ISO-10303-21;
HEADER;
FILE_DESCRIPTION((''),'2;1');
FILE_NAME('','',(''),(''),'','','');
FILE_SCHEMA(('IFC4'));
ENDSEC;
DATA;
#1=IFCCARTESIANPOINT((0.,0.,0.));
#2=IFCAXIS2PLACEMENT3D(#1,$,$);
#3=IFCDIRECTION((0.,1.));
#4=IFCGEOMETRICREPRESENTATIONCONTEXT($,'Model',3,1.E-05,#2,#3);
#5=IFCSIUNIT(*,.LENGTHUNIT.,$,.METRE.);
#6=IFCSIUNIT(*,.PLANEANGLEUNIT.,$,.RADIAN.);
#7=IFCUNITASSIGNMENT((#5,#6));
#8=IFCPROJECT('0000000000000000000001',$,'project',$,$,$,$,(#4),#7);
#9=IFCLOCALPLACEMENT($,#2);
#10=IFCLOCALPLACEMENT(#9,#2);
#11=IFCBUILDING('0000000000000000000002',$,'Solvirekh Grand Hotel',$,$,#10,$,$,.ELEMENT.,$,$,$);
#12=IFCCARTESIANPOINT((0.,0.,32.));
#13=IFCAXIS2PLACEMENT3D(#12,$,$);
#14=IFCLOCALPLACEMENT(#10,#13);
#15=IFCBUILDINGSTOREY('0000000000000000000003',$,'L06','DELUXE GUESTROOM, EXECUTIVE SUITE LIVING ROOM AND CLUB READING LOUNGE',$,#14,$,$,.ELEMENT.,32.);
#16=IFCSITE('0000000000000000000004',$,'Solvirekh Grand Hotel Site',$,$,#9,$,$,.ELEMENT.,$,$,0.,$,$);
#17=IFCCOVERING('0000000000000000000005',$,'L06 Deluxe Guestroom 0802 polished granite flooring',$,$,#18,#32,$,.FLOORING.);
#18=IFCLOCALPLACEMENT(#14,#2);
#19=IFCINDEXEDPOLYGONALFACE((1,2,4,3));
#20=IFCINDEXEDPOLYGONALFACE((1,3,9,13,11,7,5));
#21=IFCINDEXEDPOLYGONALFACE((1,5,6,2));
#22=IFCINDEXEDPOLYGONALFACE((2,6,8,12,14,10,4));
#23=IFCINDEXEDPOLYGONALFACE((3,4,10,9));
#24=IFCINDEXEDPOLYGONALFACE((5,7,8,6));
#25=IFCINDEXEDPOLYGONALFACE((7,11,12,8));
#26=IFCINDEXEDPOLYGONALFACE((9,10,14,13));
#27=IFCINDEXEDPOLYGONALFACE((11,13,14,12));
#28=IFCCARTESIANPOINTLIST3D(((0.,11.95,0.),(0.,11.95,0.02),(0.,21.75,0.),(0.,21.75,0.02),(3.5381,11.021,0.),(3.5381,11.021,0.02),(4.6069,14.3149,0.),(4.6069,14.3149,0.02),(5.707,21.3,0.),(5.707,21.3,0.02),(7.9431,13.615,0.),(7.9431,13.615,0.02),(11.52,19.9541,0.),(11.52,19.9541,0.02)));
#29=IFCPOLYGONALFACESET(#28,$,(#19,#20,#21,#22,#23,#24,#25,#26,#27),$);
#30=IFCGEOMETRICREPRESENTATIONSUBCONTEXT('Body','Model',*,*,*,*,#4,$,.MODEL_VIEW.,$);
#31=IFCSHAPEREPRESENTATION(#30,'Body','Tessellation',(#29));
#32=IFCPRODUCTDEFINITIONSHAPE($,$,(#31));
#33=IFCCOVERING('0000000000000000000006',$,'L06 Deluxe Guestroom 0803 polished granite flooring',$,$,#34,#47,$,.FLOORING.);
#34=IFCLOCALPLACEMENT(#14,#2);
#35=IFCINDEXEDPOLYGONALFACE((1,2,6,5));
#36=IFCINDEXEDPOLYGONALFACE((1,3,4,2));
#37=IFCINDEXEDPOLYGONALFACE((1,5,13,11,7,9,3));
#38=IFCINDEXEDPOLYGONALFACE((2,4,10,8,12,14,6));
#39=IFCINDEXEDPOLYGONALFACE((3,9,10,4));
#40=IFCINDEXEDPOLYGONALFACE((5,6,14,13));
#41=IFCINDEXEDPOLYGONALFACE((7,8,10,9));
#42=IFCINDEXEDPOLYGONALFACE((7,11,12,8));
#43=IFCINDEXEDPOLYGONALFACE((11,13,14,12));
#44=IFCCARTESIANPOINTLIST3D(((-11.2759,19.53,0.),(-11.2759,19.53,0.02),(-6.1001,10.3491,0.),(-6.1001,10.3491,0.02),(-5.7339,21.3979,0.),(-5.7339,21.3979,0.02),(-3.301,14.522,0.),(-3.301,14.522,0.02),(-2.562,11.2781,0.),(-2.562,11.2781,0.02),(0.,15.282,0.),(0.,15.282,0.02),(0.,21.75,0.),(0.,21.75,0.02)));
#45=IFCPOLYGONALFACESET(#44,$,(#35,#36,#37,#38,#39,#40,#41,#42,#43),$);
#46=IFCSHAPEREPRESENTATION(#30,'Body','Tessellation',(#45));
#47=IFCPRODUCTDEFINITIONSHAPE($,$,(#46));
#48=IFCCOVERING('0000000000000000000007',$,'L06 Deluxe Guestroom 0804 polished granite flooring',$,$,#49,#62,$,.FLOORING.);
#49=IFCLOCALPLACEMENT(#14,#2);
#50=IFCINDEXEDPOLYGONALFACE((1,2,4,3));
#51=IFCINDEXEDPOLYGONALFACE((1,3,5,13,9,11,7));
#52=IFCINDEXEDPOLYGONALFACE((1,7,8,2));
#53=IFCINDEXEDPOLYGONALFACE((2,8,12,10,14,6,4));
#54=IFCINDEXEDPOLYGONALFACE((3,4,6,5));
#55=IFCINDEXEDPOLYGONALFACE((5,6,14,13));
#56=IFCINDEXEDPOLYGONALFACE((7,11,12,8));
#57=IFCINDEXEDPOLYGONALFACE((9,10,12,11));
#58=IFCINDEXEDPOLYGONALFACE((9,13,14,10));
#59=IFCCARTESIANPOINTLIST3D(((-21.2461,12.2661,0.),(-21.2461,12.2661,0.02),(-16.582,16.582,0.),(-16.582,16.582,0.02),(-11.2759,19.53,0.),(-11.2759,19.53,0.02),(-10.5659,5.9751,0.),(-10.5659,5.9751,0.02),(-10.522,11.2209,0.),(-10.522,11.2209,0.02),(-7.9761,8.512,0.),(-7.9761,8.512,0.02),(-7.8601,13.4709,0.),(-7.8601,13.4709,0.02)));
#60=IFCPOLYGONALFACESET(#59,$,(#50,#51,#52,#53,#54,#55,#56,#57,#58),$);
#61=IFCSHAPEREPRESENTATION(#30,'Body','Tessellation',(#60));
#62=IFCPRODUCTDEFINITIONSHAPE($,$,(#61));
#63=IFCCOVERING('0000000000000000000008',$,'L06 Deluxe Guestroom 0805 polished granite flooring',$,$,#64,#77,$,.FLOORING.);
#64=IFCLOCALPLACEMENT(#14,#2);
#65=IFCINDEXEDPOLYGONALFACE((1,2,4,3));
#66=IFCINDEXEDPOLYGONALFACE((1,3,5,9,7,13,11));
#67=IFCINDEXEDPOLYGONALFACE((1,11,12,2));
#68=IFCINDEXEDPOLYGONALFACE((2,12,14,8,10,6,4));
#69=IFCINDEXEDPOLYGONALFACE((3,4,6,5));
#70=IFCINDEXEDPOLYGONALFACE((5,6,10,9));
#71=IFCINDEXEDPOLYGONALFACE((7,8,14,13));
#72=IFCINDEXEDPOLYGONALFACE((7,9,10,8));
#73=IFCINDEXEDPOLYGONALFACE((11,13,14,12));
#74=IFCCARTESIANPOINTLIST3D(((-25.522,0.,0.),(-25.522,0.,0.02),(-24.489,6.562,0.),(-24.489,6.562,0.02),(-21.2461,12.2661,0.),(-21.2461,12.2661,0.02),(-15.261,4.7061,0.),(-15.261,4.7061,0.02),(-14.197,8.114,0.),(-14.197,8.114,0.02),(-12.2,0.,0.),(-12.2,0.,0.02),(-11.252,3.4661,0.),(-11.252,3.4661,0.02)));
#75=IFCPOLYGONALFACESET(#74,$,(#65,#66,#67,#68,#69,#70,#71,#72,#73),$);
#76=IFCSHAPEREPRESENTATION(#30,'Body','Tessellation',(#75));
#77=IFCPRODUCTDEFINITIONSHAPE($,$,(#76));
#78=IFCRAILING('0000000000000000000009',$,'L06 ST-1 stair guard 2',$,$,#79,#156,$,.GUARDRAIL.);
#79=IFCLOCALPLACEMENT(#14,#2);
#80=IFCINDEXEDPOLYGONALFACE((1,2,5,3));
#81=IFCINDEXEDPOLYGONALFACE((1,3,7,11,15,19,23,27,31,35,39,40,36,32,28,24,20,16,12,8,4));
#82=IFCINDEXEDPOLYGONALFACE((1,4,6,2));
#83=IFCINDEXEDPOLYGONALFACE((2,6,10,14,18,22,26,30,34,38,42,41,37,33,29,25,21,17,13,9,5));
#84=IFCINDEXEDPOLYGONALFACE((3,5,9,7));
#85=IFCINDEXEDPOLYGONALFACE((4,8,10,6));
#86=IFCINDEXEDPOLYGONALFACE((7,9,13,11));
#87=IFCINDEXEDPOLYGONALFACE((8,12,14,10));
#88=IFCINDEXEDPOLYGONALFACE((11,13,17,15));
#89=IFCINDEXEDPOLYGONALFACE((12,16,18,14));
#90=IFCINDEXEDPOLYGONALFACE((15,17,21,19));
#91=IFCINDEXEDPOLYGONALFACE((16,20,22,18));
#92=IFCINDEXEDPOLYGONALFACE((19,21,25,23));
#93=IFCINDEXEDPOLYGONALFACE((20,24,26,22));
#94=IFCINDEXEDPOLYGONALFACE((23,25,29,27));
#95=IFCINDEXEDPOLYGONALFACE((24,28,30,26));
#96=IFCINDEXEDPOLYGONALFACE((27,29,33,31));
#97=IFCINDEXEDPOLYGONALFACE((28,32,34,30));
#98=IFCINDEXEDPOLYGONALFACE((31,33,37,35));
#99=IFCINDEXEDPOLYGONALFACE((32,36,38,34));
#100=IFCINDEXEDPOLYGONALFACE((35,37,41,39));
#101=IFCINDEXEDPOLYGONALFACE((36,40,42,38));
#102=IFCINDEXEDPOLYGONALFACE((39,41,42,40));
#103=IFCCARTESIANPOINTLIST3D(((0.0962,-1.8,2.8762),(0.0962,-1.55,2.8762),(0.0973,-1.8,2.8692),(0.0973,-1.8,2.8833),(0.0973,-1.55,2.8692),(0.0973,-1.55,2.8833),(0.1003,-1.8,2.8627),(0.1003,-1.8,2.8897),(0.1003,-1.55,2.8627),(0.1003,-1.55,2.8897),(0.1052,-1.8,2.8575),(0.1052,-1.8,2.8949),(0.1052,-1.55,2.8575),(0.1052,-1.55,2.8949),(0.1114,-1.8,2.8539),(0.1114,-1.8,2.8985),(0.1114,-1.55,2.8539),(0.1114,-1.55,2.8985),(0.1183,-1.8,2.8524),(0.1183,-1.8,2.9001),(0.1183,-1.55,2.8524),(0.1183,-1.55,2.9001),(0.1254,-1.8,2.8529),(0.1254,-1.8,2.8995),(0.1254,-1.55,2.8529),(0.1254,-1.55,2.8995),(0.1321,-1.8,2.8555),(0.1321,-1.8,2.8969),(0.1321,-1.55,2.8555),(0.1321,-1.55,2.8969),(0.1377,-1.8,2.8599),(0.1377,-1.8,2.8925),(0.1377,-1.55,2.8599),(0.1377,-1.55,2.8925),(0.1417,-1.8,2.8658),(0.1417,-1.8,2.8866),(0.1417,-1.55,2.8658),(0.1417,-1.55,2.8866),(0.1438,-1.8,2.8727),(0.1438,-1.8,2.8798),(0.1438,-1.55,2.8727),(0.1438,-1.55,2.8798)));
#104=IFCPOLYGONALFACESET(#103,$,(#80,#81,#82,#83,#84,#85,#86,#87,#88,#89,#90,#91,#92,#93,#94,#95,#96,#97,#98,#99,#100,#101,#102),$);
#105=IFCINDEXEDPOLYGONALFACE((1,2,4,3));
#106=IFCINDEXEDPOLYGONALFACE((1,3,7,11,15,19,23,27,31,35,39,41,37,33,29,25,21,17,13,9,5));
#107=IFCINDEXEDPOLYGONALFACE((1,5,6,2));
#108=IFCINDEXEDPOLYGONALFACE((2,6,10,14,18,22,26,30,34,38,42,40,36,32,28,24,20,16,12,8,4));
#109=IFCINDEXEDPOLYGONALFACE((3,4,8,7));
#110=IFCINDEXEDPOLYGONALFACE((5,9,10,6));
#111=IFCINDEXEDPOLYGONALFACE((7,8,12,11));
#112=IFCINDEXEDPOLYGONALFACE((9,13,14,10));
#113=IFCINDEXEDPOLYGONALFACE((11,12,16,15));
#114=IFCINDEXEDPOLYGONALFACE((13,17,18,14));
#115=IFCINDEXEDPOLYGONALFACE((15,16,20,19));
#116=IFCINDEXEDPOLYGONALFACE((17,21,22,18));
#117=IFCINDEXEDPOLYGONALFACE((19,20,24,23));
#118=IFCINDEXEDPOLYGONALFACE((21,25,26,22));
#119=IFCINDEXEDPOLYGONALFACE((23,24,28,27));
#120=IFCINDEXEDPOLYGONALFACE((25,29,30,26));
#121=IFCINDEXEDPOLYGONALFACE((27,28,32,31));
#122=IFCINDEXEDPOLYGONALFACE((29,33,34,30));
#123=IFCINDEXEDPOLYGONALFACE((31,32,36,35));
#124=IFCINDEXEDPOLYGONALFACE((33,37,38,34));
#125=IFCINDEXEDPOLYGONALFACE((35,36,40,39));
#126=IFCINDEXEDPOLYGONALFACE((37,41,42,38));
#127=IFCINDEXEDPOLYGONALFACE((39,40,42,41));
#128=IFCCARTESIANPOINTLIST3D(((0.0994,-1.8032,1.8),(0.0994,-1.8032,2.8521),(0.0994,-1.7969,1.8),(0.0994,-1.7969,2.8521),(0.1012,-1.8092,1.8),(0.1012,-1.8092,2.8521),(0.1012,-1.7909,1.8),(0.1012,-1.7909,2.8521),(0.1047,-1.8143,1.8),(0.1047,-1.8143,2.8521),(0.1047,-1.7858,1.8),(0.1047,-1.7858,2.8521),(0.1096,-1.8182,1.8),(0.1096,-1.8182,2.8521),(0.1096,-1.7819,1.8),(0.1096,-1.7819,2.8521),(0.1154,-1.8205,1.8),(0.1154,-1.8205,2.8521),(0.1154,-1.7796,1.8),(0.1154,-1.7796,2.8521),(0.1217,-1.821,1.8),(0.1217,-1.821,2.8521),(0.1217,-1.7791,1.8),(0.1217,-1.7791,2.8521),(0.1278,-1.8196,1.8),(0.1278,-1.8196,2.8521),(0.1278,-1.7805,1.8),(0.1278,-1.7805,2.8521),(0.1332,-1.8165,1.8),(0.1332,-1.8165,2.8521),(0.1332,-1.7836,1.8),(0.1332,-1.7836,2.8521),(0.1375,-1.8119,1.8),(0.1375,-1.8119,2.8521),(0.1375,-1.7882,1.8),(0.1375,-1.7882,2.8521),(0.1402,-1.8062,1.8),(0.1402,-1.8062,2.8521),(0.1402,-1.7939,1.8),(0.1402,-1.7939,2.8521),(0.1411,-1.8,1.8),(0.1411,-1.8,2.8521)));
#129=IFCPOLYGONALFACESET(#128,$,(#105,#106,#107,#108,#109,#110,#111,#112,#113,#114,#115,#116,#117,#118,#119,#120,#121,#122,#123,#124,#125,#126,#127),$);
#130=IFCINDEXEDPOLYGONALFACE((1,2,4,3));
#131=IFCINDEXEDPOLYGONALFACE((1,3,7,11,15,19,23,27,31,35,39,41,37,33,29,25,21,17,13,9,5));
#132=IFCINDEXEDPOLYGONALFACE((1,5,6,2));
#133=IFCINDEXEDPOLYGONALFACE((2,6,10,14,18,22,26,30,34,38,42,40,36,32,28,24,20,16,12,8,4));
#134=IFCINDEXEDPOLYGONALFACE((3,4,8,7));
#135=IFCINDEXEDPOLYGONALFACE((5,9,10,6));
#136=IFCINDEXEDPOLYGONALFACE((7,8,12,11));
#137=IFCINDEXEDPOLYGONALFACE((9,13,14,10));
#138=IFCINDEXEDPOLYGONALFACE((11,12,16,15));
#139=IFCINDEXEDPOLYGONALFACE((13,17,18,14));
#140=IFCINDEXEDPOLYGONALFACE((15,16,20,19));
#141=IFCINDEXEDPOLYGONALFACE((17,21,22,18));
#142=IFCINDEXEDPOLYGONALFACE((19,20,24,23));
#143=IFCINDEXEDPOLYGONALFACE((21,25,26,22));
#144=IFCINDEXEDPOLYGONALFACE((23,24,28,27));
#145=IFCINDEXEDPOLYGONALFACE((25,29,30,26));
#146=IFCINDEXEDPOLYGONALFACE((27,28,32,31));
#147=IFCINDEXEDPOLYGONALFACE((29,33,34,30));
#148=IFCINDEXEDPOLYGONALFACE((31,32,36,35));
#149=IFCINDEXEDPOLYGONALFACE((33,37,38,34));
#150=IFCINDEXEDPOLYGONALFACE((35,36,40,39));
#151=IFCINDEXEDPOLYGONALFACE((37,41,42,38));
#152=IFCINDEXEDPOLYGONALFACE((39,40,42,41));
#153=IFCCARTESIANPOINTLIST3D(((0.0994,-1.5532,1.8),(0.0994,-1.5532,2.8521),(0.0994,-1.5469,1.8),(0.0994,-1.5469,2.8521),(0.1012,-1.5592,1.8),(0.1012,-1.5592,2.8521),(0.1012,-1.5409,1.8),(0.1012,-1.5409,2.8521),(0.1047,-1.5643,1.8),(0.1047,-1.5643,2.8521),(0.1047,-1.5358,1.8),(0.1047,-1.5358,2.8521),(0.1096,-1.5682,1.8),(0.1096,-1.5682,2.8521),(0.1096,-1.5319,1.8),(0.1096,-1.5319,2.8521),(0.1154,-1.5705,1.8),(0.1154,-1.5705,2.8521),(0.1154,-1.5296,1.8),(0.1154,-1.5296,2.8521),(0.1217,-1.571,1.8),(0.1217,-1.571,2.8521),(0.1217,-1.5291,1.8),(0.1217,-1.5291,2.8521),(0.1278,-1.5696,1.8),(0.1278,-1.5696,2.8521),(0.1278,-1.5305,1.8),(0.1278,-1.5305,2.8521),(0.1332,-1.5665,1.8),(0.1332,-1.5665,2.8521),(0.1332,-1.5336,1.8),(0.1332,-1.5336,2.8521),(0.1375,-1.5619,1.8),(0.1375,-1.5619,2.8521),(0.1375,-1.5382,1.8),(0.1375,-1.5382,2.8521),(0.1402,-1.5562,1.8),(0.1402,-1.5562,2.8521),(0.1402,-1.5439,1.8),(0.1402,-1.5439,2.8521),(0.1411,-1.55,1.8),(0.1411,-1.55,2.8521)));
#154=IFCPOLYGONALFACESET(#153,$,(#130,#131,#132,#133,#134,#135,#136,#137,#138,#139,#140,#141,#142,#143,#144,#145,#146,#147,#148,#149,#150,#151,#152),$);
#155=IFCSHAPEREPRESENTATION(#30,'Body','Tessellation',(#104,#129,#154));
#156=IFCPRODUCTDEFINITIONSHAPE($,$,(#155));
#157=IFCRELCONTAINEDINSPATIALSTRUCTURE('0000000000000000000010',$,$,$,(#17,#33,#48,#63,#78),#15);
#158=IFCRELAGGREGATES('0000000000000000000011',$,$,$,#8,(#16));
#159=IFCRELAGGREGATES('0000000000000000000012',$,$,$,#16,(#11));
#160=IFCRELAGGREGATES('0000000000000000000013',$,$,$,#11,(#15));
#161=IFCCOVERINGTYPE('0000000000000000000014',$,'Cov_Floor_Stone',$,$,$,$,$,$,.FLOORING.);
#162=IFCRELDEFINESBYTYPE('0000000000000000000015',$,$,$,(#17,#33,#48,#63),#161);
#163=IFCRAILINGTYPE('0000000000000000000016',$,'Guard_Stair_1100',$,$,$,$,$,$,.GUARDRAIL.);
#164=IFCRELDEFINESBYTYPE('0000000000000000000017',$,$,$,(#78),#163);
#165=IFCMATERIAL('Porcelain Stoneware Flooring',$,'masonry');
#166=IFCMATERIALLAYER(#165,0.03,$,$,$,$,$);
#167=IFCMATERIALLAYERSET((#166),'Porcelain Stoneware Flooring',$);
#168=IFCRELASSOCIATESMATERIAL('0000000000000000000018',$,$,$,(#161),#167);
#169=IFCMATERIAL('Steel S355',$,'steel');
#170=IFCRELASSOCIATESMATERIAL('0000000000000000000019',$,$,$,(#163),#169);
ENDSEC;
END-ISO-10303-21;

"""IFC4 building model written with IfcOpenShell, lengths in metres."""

from ifc_helpers import new_model, si_unit, direction, frame, origin, origin_2d, place, context, subcontext, project, spatial, polyline, circle, outline, extrude, material, layer, layer_set, type_object, element, save


model = new_model("IFC4")

# Units and contexts
model_context = context("Model", 3, precision=1e-05, world=origin(), true_north=direction((0.0, 1.0)))
body_context = subcontext(model_context, "Body", "Model", "MODEL_VIEW")
ifc_project = project(units=[si_unit("LENGTHUNIT", "METRE"), si_unit("PLANEANGLEUNIT", "RADIAN")], contexts=[model_context])

# Site, building, storey
site_placement = place(None, origin())
site = spatial("IfcSite", under=ifc_project, at=site_placement, Name="Solvirekh Grand Hotel Site", CompositionType="ELEMENT", RefElevation=0.0)
building_placement = place(site_placement, origin())
building = spatial("IfcBuilding", under=site, at=building_placement, Name="Solvirekh Grand Hotel", CompositionType="ELEMENT")
storey_placement = place(building_placement, frame((0.0, 0.0, 32.0)))
storey = spatial("IfcBuildingStorey", under=building, at=storey_placement, Name="L06", Description="DELUXE GUESTROOM, EXECUTIVE SUITE LIVING ROOM AND CLUB READING LOUNGE", CompositionType="ELEMENT", Elevation=32.0)

# Coverings
ifc_material_1 = material(Name="Porcelain Stoneware Flooring", Category="masonry")
ifc_layer_1 = layer(ifc_material_1, 0.03)
ifc_layer_set_1 = layer_set([ifc_layer_1], Name="Porcelain Stoneware Flooring")
covering_type_1 = type_object("IfcCoveringType", Name="Cov_Floor_Stone", PredefinedType="FLOORING", material=ifc_layer_set_1)
covering_1_placement = place(storey_placement, origin())
element("IfcCovering", 1, at=covering_1_placement, inside=storey, type_object=covering_type_1, Name="L06 Deluxe Guestroom 0802 polished granite flooring", PredefinedType="FLOORING", context=body_context, shape_type="SweptSolid", body=[
    extrude(outline(polyline([(4.6069, 14.3149), (7.9431, 13.615), (11.52, 19.9541), (5.707, 21.3), (0.0, 21.75), (0.0, 11.95), (3.5381, 11.021), (4.6069, 14.3149)])), origin(), (0.0, 0.0, 1.0), 0.02),
])
covering_2_placement = place(storey_placement, origin())
element("IfcCovering", 2, at=covering_2_placement, inside=storey, type_object=covering_type_1, Name="L06 Deluxe Guestroom 0803 polished granite flooring", PredefinedType="FLOORING", context=body_context, shape_type="SweptSolid", body=[
    extrude(outline(polyline([(-3.301, 14.522), (0.0, 15.282), (0.0, 21.75), (-5.7339, 21.3979), (-11.2759, 19.53), (-6.1001, 10.3491), (-2.562, 11.2781), (-3.301, 14.522)])), origin(), (0.0, 0.0, 1.0), 0.02),
])
covering_3_placement = place(storey_placement, origin())
element("IfcCovering", 3, at=covering_3_placement, inside=storey, type_object=covering_type_1, Name="L06 Deluxe Guestroom 0804 polished granite flooring", PredefinedType="FLOORING", context=body_context, shape_type="SweptSolid", body=[
    extrude(outline(polyline([(-10.522, 11.2209), (-7.8601, 13.4709), (-11.2759, 19.53), (-16.582, 16.582), (-21.2461, 12.2661), (-10.5659, 5.9751), (-7.9761, 8.512), (-10.522, 11.2209)])), origin(), (0.0, 0.0, 1.0), 0.02),
])
covering_4_placement = place(storey_placement, origin())
element("IfcCovering", 4, at=covering_4_placement, inside=storey, type_object=covering_type_1, Name="L06 Deluxe Guestroom 0805 polished granite flooring", PredefinedType="FLOORING", context=body_context, shape_type="SweptSolid", body=[
    extrude(outline(polyline([(-15.261, 4.7061), (-14.197, 8.114), (-21.2461, 12.2661), (-24.489, 6.562), (-25.522, 0.0), (-12.2, 0.0), (-11.252, 3.4661), (-15.261, 4.7061)])), origin(), (0.0, 0.0, 1.0), 0.02),
])

# Railing
ifc_material_2 = material(Name="Steel S355", Category="steel")
railing_type_1 = type_object("IfcRailingType", Name="Guard_Stair_1100", PredefinedType="GUARDRAIL", material=ifc_material_2)
railing_1_placement = place(storey_placement, frame((0.1201, -1.8, 1.8)))
element("IfcRailing", 5, at=railing_1_placement, inside=storey, type_object=railing_type_1, Name="L06 ST-1 stair guard 2", PredefinedType="GUARDRAIL", context=body_context, shape_type="SweptSolid", body=[
    extrude(circle(Radius=0.0239, at=origin_2d()), frame((0.0, 0.0, 1.0762), z_axis=(0.0, 1.0, 0.0), x_axis=(-1.0, 0.0, 0.0)), (0.0, 0.0, 1.0), 0.25),
    extrude(circle(Radius=0.021, at=origin_2d()), origin(), (0.0, 0.0, 1.0), 1.052),
    extrude(circle(Radius=0.021, at=origin_2d()), frame((0.0, 0.25, 0.0)), (0.0, 0.0, 1.0), 1.052),
])

save(model, "model.ifc")
